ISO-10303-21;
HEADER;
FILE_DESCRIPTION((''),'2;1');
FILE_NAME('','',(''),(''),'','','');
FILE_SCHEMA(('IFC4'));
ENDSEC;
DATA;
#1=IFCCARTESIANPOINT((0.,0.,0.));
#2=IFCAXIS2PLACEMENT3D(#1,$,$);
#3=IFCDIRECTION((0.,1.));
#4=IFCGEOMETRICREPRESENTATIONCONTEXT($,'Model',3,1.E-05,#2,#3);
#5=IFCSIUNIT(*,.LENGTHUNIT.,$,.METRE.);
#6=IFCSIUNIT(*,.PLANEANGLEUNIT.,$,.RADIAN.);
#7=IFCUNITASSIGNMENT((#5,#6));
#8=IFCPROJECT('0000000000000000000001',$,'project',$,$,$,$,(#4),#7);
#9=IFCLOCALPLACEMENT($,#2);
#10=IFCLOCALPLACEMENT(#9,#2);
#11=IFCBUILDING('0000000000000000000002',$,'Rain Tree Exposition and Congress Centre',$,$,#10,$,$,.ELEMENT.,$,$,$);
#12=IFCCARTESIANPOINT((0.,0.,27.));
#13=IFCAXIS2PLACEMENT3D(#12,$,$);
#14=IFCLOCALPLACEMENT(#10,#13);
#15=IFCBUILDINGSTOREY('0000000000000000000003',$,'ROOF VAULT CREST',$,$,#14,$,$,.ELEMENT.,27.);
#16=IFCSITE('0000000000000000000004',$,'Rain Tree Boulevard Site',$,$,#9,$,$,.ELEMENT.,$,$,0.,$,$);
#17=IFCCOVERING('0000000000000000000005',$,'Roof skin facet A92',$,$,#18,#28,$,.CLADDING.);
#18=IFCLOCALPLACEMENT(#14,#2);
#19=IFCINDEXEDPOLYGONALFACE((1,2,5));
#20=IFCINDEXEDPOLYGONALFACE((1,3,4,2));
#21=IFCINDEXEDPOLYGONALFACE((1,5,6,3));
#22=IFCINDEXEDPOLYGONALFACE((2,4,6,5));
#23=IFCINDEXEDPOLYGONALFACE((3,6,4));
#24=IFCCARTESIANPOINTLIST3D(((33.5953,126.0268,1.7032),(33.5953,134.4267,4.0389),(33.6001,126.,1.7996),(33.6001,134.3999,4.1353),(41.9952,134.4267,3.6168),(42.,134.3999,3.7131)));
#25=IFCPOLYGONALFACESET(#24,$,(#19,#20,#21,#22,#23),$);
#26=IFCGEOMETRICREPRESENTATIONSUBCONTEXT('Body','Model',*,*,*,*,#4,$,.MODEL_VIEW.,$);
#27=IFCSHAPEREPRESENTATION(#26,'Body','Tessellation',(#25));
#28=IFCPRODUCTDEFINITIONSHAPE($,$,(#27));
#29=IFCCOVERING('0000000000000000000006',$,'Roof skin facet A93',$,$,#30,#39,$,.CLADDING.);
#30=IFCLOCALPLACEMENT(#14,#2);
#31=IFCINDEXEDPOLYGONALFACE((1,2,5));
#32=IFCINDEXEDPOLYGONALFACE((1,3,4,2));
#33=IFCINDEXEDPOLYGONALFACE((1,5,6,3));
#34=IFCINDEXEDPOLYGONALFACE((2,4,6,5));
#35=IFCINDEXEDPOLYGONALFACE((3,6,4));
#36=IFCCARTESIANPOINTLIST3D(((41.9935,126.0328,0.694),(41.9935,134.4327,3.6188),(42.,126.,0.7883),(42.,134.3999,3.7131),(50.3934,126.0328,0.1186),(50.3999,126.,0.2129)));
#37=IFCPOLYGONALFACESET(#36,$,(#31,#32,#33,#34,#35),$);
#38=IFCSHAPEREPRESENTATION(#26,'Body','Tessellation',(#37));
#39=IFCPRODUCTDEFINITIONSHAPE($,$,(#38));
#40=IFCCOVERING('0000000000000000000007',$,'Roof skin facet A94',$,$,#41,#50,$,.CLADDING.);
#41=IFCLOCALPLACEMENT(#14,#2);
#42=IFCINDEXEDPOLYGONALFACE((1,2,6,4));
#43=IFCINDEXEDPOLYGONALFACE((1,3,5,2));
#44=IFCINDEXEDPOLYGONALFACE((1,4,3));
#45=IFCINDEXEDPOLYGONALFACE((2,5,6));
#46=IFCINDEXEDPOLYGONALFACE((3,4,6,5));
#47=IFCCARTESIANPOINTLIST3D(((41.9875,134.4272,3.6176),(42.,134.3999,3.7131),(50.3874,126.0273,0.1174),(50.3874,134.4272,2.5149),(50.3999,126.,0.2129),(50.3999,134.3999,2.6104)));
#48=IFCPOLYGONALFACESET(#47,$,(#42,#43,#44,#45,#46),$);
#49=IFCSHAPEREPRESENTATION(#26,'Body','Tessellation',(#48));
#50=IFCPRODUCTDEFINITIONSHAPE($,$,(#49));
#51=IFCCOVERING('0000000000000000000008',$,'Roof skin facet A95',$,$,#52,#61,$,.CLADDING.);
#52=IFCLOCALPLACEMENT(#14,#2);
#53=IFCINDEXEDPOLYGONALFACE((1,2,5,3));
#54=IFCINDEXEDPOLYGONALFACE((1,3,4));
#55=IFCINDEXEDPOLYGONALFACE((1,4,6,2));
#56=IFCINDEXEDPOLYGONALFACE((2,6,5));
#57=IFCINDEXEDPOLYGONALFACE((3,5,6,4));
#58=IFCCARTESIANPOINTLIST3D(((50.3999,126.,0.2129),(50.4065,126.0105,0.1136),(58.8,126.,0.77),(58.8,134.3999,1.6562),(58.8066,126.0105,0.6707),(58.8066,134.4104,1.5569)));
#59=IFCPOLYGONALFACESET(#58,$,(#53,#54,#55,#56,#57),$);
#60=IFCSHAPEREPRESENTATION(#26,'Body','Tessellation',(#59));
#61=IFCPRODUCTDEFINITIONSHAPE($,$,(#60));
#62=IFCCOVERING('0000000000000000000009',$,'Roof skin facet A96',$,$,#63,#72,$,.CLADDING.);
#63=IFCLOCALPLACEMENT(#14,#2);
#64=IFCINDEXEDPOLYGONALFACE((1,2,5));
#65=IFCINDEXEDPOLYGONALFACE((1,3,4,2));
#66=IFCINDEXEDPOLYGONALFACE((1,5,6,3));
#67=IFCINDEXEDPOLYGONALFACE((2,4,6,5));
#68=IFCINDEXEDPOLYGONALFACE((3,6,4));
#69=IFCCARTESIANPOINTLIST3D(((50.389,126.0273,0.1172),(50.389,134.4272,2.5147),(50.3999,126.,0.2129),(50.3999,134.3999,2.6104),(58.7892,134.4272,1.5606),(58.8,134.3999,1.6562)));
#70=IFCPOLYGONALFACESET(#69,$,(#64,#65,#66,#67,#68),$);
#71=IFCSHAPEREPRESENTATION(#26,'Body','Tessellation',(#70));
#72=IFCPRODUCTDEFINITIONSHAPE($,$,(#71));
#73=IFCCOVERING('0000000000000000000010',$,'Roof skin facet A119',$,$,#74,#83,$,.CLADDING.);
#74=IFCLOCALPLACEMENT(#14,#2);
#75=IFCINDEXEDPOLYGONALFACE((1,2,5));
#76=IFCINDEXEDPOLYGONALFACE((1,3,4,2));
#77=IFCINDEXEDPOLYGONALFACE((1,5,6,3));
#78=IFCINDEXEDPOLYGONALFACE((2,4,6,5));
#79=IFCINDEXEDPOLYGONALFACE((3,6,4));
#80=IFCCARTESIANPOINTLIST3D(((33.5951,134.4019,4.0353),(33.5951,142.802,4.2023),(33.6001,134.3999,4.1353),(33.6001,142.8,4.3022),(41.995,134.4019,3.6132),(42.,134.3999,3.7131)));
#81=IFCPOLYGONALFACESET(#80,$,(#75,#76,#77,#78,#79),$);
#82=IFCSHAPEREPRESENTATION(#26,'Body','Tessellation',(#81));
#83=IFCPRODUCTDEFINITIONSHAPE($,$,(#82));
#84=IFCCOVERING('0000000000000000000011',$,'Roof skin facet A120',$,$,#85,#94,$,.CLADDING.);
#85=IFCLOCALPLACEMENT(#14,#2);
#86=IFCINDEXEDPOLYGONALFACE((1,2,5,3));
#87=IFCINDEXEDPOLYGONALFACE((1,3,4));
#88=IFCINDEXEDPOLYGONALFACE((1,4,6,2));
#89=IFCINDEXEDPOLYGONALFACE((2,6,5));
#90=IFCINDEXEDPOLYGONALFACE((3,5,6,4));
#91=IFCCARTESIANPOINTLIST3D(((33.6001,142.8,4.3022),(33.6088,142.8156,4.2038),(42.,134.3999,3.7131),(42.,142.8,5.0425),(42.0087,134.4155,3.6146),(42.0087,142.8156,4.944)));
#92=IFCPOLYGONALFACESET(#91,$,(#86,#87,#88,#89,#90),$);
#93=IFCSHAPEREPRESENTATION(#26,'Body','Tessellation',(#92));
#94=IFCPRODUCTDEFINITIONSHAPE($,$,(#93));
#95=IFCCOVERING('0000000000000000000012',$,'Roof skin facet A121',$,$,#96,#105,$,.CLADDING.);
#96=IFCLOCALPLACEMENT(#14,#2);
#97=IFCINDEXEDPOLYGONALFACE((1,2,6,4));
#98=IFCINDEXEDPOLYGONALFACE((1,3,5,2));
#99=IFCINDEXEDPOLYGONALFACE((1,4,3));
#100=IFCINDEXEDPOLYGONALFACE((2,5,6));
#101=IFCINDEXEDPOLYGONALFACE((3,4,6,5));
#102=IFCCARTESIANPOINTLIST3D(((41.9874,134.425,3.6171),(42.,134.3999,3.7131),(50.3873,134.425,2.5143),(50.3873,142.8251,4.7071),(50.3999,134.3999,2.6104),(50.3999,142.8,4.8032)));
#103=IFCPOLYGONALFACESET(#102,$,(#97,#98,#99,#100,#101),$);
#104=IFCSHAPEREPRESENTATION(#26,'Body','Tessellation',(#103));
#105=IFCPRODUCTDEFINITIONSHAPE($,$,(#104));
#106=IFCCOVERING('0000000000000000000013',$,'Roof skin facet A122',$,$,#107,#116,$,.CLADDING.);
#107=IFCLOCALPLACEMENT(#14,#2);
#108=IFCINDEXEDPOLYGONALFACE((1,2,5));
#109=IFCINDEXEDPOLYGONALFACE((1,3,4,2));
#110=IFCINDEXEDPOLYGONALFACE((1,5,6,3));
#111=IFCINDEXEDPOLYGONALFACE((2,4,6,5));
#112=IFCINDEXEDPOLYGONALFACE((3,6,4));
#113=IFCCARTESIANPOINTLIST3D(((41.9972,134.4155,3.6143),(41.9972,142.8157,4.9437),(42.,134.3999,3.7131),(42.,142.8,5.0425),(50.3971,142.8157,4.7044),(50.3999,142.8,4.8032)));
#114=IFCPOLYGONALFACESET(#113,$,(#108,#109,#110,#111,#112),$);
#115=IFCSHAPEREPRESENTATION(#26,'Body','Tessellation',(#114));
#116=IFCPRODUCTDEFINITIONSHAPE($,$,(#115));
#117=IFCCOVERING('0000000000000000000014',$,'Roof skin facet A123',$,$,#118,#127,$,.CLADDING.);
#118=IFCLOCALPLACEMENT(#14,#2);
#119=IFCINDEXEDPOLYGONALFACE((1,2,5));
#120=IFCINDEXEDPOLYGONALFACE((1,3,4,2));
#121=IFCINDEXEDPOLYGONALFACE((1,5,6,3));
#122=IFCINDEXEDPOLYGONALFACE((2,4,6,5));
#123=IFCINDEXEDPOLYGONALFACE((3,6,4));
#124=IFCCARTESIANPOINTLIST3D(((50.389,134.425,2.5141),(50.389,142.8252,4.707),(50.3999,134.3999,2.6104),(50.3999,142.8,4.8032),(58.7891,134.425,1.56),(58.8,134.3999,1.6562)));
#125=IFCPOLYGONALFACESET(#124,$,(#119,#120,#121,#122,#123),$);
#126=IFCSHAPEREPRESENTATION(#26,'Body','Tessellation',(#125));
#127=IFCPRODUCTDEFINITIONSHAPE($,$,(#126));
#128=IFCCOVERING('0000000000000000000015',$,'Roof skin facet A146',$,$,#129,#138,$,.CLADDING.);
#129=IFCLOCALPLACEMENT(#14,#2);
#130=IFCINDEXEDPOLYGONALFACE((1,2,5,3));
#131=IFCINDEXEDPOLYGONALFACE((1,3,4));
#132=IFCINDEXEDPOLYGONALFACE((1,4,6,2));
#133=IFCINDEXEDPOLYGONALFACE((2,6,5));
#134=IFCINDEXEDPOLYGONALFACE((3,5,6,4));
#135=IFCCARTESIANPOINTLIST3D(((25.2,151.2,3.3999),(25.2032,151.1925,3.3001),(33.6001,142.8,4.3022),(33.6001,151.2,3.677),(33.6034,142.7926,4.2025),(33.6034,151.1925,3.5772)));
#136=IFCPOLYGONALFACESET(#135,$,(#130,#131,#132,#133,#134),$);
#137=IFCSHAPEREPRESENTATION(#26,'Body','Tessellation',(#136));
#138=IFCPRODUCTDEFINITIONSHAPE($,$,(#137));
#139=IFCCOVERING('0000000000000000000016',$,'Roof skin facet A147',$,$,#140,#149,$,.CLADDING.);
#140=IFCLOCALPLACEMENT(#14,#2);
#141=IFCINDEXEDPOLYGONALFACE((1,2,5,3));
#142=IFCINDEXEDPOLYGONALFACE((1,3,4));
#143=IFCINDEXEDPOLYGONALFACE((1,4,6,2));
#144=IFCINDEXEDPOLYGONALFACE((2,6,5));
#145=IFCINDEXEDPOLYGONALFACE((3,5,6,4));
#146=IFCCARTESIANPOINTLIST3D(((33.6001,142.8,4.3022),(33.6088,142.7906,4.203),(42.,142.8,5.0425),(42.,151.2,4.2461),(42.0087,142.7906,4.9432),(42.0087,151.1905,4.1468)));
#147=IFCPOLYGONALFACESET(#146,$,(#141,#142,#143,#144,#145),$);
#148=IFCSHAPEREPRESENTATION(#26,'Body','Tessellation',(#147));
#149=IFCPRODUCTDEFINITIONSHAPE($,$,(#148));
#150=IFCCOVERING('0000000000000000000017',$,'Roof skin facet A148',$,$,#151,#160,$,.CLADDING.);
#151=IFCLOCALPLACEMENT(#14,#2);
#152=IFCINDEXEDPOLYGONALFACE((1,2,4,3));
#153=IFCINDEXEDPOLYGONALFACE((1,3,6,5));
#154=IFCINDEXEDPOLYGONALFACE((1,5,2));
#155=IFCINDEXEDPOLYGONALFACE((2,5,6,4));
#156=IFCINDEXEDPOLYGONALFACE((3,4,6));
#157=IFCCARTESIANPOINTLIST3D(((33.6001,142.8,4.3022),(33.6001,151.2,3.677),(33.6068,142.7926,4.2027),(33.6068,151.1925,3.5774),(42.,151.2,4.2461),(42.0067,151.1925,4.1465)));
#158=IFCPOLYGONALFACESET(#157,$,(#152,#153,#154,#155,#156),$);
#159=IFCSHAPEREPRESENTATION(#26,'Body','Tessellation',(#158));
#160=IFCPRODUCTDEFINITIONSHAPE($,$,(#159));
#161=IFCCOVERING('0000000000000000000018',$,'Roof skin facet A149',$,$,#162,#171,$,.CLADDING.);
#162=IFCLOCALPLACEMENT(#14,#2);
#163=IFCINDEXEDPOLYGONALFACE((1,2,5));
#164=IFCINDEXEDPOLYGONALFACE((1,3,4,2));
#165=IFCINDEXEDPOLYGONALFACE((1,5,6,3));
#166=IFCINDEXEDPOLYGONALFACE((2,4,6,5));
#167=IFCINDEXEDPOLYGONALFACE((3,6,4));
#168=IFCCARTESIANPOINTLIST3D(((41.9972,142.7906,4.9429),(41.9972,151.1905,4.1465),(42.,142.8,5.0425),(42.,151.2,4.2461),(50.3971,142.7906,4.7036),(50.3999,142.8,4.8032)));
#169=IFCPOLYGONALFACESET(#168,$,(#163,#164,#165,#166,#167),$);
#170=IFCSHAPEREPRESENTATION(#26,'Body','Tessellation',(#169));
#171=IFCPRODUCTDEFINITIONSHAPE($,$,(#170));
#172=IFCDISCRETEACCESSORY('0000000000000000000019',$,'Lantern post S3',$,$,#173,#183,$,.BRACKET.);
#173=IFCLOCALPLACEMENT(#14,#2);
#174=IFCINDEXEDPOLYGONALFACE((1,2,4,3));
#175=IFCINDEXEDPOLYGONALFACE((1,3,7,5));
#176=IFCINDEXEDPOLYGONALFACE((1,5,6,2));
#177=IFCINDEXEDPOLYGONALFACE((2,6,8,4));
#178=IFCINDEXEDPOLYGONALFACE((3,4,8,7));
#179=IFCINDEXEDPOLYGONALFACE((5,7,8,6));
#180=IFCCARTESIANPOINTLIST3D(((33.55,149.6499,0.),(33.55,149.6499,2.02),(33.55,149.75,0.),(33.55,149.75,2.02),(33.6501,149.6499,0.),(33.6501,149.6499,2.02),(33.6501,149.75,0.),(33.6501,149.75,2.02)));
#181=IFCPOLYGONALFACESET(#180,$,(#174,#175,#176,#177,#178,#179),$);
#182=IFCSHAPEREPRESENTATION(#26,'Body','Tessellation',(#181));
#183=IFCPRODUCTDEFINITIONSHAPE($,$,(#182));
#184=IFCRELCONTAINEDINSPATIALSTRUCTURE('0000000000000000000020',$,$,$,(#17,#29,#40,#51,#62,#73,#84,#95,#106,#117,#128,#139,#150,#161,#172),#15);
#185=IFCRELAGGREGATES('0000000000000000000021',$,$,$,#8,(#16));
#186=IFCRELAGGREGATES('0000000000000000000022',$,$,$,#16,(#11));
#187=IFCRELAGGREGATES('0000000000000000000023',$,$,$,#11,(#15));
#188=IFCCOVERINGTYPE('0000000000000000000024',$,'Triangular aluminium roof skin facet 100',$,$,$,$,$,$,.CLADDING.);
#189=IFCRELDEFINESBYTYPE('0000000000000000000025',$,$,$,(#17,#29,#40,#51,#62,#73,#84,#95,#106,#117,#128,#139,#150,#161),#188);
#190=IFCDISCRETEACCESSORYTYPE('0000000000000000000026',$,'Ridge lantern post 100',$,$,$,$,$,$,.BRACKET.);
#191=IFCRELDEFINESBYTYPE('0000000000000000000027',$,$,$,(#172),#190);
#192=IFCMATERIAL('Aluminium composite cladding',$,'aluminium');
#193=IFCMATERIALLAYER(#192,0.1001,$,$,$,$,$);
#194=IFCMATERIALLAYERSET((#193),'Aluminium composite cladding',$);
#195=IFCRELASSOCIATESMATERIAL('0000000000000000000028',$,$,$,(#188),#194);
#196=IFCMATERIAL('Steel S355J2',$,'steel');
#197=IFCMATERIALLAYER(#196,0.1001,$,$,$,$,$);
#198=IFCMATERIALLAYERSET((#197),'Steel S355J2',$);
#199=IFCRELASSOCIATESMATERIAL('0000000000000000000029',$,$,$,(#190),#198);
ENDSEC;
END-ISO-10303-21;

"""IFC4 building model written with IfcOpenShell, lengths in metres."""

from ifc_helpers import new_model, si_unit, direction, frame, origin, origin_2d, place, context, subcontext, project, spatial, polyline, rectangle, outline, extrude, material, layer, layer_set, type_object, element, save


model = new_model("IFC4")

# Units and contexts
model_context = context("Model", 3, precision=1e-05, world=origin(), true_north=direction((0.0, 1.0)))
body_context = subcontext(model_context, "Body", "Model", "MODEL_VIEW")
ifc_project = project(units=[si_unit("LENGTHUNIT", "METRE"), si_unit("PLANEANGLEUNIT", "RADIAN")], contexts=[model_context])

# Site, building, storey
site_placement = place(None, origin())
site = spatial("IfcSite", under=ifc_project, at=site_placement, Name="Rain Tree Boulevard Site", CompositionType="ELEMENT", RefElevation=0.0)
building_placement = place(site_placement, origin())
building = spatial("IfcBuilding", under=site, at=building_placement, Name="Rain Tree Exposition and Congress Centre", CompositionType="ELEMENT")
storey_placement = place(building_placement, frame((0.0, 0.0, 27.0)))
storey = spatial("IfcBuildingStorey", under=building, at=storey_placement, Name="ROOF VAULT CREST", CompositionType="ELEMENT", Elevation=27.0)

# Coverings
ifc_material_1 = material(Name="Aluminium composite cladding", Category="aluminium")
ifc_layer_1 = layer(ifc_material_1, 0.1001)
ifc_layer_set_1 = layer_set([ifc_layer_1], Name="Aluminium composite cladding")
covering_type = type_object("IfcCoveringType", Name="Triangular aluminium roof skin facet 100", PredefinedType="CLADDING", material=ifc_layer_set_1)
covering_1_placement = place(storey_placement, frame((33.6001, 126.0, 1.7996), z_axis=(0.048359, -0.267585, 0.96232), x_axis=(0.698107, 0.698107, 0.159035)))
element("IfcCovering", 1, at=covering_1_placement, inside=storey, type_object=covering_type, Name="Roof skin facet A92", PredefinedType="CLADDING", context=body_context, shape_type="SweptSolid", body=[
    extrude(outline(polyline([(0.0, 0.0), (12.0324, 0.0), (6.2355, 6.0936), (0.0, 0.0)])), origin(), (0.0, 0.0, -1.0), 0.1001),
])
covering_2_placement = place(storey_placement, frame((42.0, 126.0, 0.7883), z_axis=(0.064561, -0.328145, 0.942418), x_axis=(0.997662, 0.0, -0.068345)))
element("IfcCovering", 2, at=covering_2_placement, inside=storey, type_object=covering_type, Name="Roof skin facet A93", PredefinedType="CLADDING", context=body_context, shape_type="SweptSolid", body=[
    extrude(outline(polyline([(0.0, 0.0), (8.4196, 0.0), (-0.1999, 8.8923), (0.0, 0.0)])), origin(), (0.0, 0.0, -1.0), 0.1001),
])
covering_3_placement = place(storey_placement, frame((50.3999, 126.0, 0.2129), z_axis=(0.12525, -0.272294, 0.954027), x_axis=(0.0, 0.9616, 0.274455)))
element("IfcCovering", 3, at=covering_3_placement, inside=storey, type_object=covering_type, Name="Roof skin facet A94", PredefinedType="CLADDING", context=body_context, shape_type="SweptSolid", body=[
    extrude(outline(polyline([(0.0, 0.0), (8.7353, 0.0), (9.038, 8.4666), (0.0, 0.0)])), origin(), (0.0, 0.0, -1.0), 0.1001),
])
covering_4_placement = place(storey_placement, frame((50.3999, 126.0, 0.2129), z_axis=(-0.065815, -0.104695, 0.992324), x_axis=(0.997808, 0.0, 0.066178)))
element("IfcCovering", 4, at=covering_4_placement, inside=storey, type_object=covering_type, Name="Roof skin facet A95", PredefinedType="CLADDING", context=body_context, shape_type="SweptSolid", body=[
    extrude(outline(polyline([(0.0, 0.0), (8.4186, 0.0), (8.4773, 8.4463), (0.0, 0.0)])), origin(), (0.0, 0.0, -1.0), 0.1001),
])
covering_5_placement = place(storey_placement, frame((50.3999, 126.0, 0.2129), z_axis=(0.108574, -0.272833, 0.955915), x_axis=(0.701955, 0.701934, 0.120614)))
element("IfcCovering", 5, at=covering_5_placement, inside=storey, type_object=covering_type, Name="Roof skin facet A96", PredefinedType="CLADDING", context=body_context, shape_type="SweptSolid", body=[
    extrude(outline(polyline([(0.0, 0.0), (11.9668, 0.0), (6.1853, 6.1683), (0.0, 0.0)])), origin(), (0.0, 0.0, -1.0), 0.1001),
])
covering_6_placement = place(storey_placement, frame((33.6001, 134.3999, 4.1353), z_axis=(0.05018, -0.019851, 0.998543), x_axis=(0.99874, 0.0, -0.05019)))
element("IfcCovering", 6, at=covering_6_placement, inside=storey, type_object=covering_type, Name="Roof skin facet A119", PredefinedType="CLADDING", context=body_context, shape_type="SweptSolid", body=[
    extrude(outline(polyline([(0.0, 0.0), (8.4105, 0.0), (-0.0084, 8.4018), (0.0, 0.0)])), origin(), (0.0, 0.0, -1.0), 0.1001),
])
covering_7_placement = place(storey_placement, frame((42.0, 134.3999, 3.7131), z_axis=(-0.086713, -0.155719, 0.983988), x_axis=(0.0, 0.987708, 0.156308)))
element("IfcCovering", 7, at=covering_7_placement, inside=storey, type_object=covering_type, Name="Roof skin facet A120", PredefinedType="CLADDING", context=body_context, shape_type="SweptSolid", body=[
    extrude(outline(polyline([(0.0, 0.0), (8.5047, 0.0), (8.389, 8.4317), (0.0, 0.0)])), origin(), (0.0, 0.0, -1.0), 0.1001),
])
covering_8_placement = place(storey_placement, frame((42.0, 134.3999, 3.7131), z_axis=(0.126016, -0.250573, 0.959861), x_axis=(0.991492, 0.0, -0.130168)))
element("IfcCovering", 8, at=covering_8_placement, inside=storey, type_object=covering_type, Name="Roof skin facet A121", PredefinedType="CLADDING", context=body_context, shape_type="SweptSolid", body=[
    extrude(outline(polyline([(0.0, 0.0), (8.472, 0.0), (8.1865, 8.677), (0.0, 0.0)])), origin(), (0.0, 0.0, -1.0), 0.1001),
])
covering_9_placement = place(storey_placement, frame((42.0, 134.3999, 3.7131), z_axis=(0.028122, -0.156246, 0.987318), x_axis=(0.704138, 0.704159, 0.091379)))
element("IfcCovering", 9, at=covering_9_placement, inside=storey, type_object=covering_type, Name="Roof skin facet A122", PredefinedType="CLADDING", context=body_context, shape_type="SweptSolid", body=[
    extrude(outline(polyline([(0.0, 0.0), (11.9293, 0.0), (6.0365, 5.9908), (0.0, 0.0)])), origin(), (0.0, 0.0, -1.0), 0.1001),
])
covering_10_placement = place(storey_placement, frame((50.3999, 134.3999, 2.6104), z_axis=(0.109241, -0.251075, 0.961784), x_axis=(0.993611, 0.0, -0.112856)))
element("IfcCovering", 10, at=covering_10_placement, inside=storey, type_object=covering_type, Name="Roof skin facet A123", PredefinedType="CLADDING", context=body_context, shape_type="SweptSolid", body=[
    extrude(outline(polyline([(0.0, 0.0), (8.4542, 0.0), (-0.2475, 8.6781), (0.0, 0.0)])), origin(), (0.0, 0.0, -1.0), 0.1001),
])
covering_11_placement = place(storey_placement, frame((33.6001, 142.8, 4.3022), z_axis=(-0.032879, 0.074189, 0.996702), x_axis=(0.0, 0.997241, -0.074229)))
element("IfcCovering", 11, at=covering_11_placement, inside=storey, type_object=covering_type, Name="Roof skin facet A146", PredefinedType="CLADDING", context=body_context, shape_type="SweptSolid", body=[
    extrude(outline(polyline([(0.0, 0.0), (8.4231, 0.0), (8.4437, 8.4047), (0.0, 0.0)])), origin(), (0.0, 0.0, -1.0), 0.1001),
])
covering_12_placement = place(storey_placement, frame((33.6001, 142.8, 4.3022), z_axis=(-0.087395, 0.094025, 0.991727), x_axis=(0.99614, 0.0, 0.087784)))
element("IfcCovering", 12, at=covering_12_placement, inside=storey, type_object=covering_type, Name="Roof skin facet A147", PredefinedType="CLADDING", context=body_context, shape_type="SweptSolid", body=[
    extrude(outline(polyline([(0.0, 0.0), (8.4325, 0.0), (8.3625, 8.4373), (0.0, 0.0)])), origin(), (0.0, 0.0, -1.0), 0.1001),
])
covering_13_placement = place(storey_placement, frame((33.6001, 142.8, 4.3022), z_axis=(-0.067409, 0.07406, 0.994973), x_axis=(0.707099, 0.707099, -0.004727)))
element("IfcCovering", 13, at=covering_13_placement, inside=storey, type_object=covering_type, Name="Roof skin facet A148", PredefinedType="CLADDING", context=body_context, shape_type="SweptSolid", body=[
    extrude(outline(polyline([(0.0, 0.0), (11.8794, 0.0), (5.9425, 5.9696), (0.0, 0.0)])), origin(), (0.0, 0.0, -1.0), 0.1001),
])
covering_14_placement = place(storey_placement, frame((42.0, 142.8, 5.0425), z_axis=(0.028345, 0.094348, 0.995136), x_axis=(0.999595, 0.0, -0.028472)))
element("IfcCovering", 14, at=covering_14_placement, inside=storey, type_object=covering_type, Name="Roof skin facet A149", PredefinedType="CLADDING", context=body_context, shape_type="SweptSolid", body=[
    extrude(outline(polyline([(0.0, 0.0), (8.4033, 0.0), (0.0227, 8.4375), (0.0, 0.0)])), origin(), (0.0, 0.0, -1.0), 0.1001),
])

# Discrete accessory
ifc_material_2 = material(Name="Steel S355J2", Category="steel")
ifc_layer_2 = layer(ifc_material_2, 0.1001)
ifc_layer_set_2 = layer_set([ifc_layer_2], Name="Steel S355J2")
discrete_accessory_type = type_object("IfcDiscreteAccessoryType", Name="Ridge lantern post 100", PredefinedType="BRACKET", material=ifc_layer_set_2)
for number, where, z_axis, x_axis, name in (
    (15, (33.6001, 149.7, 0.0), (0.0, 0.0, 1.0), (1.0, 0.0, 0.0), "Lantern post S3"),
):
    element("IfcDiscreteAccessory", number, at=place(storey_placement, frame(where, z_axis=z_axis, x_axis=x_axis)), inside=storey, type_object=discrete_accessory_type, Name=name, PredefinedType="BRACKET", context=body_context, shape_type="SweptSolid", body=[
        extrude(rectangle(XDim=0.1001, YDim=0.1001, at=origin_2d()), origin(), (0.0, 0.0, 1.0), 2.02),
    ])

save(model, "model.ifc")
